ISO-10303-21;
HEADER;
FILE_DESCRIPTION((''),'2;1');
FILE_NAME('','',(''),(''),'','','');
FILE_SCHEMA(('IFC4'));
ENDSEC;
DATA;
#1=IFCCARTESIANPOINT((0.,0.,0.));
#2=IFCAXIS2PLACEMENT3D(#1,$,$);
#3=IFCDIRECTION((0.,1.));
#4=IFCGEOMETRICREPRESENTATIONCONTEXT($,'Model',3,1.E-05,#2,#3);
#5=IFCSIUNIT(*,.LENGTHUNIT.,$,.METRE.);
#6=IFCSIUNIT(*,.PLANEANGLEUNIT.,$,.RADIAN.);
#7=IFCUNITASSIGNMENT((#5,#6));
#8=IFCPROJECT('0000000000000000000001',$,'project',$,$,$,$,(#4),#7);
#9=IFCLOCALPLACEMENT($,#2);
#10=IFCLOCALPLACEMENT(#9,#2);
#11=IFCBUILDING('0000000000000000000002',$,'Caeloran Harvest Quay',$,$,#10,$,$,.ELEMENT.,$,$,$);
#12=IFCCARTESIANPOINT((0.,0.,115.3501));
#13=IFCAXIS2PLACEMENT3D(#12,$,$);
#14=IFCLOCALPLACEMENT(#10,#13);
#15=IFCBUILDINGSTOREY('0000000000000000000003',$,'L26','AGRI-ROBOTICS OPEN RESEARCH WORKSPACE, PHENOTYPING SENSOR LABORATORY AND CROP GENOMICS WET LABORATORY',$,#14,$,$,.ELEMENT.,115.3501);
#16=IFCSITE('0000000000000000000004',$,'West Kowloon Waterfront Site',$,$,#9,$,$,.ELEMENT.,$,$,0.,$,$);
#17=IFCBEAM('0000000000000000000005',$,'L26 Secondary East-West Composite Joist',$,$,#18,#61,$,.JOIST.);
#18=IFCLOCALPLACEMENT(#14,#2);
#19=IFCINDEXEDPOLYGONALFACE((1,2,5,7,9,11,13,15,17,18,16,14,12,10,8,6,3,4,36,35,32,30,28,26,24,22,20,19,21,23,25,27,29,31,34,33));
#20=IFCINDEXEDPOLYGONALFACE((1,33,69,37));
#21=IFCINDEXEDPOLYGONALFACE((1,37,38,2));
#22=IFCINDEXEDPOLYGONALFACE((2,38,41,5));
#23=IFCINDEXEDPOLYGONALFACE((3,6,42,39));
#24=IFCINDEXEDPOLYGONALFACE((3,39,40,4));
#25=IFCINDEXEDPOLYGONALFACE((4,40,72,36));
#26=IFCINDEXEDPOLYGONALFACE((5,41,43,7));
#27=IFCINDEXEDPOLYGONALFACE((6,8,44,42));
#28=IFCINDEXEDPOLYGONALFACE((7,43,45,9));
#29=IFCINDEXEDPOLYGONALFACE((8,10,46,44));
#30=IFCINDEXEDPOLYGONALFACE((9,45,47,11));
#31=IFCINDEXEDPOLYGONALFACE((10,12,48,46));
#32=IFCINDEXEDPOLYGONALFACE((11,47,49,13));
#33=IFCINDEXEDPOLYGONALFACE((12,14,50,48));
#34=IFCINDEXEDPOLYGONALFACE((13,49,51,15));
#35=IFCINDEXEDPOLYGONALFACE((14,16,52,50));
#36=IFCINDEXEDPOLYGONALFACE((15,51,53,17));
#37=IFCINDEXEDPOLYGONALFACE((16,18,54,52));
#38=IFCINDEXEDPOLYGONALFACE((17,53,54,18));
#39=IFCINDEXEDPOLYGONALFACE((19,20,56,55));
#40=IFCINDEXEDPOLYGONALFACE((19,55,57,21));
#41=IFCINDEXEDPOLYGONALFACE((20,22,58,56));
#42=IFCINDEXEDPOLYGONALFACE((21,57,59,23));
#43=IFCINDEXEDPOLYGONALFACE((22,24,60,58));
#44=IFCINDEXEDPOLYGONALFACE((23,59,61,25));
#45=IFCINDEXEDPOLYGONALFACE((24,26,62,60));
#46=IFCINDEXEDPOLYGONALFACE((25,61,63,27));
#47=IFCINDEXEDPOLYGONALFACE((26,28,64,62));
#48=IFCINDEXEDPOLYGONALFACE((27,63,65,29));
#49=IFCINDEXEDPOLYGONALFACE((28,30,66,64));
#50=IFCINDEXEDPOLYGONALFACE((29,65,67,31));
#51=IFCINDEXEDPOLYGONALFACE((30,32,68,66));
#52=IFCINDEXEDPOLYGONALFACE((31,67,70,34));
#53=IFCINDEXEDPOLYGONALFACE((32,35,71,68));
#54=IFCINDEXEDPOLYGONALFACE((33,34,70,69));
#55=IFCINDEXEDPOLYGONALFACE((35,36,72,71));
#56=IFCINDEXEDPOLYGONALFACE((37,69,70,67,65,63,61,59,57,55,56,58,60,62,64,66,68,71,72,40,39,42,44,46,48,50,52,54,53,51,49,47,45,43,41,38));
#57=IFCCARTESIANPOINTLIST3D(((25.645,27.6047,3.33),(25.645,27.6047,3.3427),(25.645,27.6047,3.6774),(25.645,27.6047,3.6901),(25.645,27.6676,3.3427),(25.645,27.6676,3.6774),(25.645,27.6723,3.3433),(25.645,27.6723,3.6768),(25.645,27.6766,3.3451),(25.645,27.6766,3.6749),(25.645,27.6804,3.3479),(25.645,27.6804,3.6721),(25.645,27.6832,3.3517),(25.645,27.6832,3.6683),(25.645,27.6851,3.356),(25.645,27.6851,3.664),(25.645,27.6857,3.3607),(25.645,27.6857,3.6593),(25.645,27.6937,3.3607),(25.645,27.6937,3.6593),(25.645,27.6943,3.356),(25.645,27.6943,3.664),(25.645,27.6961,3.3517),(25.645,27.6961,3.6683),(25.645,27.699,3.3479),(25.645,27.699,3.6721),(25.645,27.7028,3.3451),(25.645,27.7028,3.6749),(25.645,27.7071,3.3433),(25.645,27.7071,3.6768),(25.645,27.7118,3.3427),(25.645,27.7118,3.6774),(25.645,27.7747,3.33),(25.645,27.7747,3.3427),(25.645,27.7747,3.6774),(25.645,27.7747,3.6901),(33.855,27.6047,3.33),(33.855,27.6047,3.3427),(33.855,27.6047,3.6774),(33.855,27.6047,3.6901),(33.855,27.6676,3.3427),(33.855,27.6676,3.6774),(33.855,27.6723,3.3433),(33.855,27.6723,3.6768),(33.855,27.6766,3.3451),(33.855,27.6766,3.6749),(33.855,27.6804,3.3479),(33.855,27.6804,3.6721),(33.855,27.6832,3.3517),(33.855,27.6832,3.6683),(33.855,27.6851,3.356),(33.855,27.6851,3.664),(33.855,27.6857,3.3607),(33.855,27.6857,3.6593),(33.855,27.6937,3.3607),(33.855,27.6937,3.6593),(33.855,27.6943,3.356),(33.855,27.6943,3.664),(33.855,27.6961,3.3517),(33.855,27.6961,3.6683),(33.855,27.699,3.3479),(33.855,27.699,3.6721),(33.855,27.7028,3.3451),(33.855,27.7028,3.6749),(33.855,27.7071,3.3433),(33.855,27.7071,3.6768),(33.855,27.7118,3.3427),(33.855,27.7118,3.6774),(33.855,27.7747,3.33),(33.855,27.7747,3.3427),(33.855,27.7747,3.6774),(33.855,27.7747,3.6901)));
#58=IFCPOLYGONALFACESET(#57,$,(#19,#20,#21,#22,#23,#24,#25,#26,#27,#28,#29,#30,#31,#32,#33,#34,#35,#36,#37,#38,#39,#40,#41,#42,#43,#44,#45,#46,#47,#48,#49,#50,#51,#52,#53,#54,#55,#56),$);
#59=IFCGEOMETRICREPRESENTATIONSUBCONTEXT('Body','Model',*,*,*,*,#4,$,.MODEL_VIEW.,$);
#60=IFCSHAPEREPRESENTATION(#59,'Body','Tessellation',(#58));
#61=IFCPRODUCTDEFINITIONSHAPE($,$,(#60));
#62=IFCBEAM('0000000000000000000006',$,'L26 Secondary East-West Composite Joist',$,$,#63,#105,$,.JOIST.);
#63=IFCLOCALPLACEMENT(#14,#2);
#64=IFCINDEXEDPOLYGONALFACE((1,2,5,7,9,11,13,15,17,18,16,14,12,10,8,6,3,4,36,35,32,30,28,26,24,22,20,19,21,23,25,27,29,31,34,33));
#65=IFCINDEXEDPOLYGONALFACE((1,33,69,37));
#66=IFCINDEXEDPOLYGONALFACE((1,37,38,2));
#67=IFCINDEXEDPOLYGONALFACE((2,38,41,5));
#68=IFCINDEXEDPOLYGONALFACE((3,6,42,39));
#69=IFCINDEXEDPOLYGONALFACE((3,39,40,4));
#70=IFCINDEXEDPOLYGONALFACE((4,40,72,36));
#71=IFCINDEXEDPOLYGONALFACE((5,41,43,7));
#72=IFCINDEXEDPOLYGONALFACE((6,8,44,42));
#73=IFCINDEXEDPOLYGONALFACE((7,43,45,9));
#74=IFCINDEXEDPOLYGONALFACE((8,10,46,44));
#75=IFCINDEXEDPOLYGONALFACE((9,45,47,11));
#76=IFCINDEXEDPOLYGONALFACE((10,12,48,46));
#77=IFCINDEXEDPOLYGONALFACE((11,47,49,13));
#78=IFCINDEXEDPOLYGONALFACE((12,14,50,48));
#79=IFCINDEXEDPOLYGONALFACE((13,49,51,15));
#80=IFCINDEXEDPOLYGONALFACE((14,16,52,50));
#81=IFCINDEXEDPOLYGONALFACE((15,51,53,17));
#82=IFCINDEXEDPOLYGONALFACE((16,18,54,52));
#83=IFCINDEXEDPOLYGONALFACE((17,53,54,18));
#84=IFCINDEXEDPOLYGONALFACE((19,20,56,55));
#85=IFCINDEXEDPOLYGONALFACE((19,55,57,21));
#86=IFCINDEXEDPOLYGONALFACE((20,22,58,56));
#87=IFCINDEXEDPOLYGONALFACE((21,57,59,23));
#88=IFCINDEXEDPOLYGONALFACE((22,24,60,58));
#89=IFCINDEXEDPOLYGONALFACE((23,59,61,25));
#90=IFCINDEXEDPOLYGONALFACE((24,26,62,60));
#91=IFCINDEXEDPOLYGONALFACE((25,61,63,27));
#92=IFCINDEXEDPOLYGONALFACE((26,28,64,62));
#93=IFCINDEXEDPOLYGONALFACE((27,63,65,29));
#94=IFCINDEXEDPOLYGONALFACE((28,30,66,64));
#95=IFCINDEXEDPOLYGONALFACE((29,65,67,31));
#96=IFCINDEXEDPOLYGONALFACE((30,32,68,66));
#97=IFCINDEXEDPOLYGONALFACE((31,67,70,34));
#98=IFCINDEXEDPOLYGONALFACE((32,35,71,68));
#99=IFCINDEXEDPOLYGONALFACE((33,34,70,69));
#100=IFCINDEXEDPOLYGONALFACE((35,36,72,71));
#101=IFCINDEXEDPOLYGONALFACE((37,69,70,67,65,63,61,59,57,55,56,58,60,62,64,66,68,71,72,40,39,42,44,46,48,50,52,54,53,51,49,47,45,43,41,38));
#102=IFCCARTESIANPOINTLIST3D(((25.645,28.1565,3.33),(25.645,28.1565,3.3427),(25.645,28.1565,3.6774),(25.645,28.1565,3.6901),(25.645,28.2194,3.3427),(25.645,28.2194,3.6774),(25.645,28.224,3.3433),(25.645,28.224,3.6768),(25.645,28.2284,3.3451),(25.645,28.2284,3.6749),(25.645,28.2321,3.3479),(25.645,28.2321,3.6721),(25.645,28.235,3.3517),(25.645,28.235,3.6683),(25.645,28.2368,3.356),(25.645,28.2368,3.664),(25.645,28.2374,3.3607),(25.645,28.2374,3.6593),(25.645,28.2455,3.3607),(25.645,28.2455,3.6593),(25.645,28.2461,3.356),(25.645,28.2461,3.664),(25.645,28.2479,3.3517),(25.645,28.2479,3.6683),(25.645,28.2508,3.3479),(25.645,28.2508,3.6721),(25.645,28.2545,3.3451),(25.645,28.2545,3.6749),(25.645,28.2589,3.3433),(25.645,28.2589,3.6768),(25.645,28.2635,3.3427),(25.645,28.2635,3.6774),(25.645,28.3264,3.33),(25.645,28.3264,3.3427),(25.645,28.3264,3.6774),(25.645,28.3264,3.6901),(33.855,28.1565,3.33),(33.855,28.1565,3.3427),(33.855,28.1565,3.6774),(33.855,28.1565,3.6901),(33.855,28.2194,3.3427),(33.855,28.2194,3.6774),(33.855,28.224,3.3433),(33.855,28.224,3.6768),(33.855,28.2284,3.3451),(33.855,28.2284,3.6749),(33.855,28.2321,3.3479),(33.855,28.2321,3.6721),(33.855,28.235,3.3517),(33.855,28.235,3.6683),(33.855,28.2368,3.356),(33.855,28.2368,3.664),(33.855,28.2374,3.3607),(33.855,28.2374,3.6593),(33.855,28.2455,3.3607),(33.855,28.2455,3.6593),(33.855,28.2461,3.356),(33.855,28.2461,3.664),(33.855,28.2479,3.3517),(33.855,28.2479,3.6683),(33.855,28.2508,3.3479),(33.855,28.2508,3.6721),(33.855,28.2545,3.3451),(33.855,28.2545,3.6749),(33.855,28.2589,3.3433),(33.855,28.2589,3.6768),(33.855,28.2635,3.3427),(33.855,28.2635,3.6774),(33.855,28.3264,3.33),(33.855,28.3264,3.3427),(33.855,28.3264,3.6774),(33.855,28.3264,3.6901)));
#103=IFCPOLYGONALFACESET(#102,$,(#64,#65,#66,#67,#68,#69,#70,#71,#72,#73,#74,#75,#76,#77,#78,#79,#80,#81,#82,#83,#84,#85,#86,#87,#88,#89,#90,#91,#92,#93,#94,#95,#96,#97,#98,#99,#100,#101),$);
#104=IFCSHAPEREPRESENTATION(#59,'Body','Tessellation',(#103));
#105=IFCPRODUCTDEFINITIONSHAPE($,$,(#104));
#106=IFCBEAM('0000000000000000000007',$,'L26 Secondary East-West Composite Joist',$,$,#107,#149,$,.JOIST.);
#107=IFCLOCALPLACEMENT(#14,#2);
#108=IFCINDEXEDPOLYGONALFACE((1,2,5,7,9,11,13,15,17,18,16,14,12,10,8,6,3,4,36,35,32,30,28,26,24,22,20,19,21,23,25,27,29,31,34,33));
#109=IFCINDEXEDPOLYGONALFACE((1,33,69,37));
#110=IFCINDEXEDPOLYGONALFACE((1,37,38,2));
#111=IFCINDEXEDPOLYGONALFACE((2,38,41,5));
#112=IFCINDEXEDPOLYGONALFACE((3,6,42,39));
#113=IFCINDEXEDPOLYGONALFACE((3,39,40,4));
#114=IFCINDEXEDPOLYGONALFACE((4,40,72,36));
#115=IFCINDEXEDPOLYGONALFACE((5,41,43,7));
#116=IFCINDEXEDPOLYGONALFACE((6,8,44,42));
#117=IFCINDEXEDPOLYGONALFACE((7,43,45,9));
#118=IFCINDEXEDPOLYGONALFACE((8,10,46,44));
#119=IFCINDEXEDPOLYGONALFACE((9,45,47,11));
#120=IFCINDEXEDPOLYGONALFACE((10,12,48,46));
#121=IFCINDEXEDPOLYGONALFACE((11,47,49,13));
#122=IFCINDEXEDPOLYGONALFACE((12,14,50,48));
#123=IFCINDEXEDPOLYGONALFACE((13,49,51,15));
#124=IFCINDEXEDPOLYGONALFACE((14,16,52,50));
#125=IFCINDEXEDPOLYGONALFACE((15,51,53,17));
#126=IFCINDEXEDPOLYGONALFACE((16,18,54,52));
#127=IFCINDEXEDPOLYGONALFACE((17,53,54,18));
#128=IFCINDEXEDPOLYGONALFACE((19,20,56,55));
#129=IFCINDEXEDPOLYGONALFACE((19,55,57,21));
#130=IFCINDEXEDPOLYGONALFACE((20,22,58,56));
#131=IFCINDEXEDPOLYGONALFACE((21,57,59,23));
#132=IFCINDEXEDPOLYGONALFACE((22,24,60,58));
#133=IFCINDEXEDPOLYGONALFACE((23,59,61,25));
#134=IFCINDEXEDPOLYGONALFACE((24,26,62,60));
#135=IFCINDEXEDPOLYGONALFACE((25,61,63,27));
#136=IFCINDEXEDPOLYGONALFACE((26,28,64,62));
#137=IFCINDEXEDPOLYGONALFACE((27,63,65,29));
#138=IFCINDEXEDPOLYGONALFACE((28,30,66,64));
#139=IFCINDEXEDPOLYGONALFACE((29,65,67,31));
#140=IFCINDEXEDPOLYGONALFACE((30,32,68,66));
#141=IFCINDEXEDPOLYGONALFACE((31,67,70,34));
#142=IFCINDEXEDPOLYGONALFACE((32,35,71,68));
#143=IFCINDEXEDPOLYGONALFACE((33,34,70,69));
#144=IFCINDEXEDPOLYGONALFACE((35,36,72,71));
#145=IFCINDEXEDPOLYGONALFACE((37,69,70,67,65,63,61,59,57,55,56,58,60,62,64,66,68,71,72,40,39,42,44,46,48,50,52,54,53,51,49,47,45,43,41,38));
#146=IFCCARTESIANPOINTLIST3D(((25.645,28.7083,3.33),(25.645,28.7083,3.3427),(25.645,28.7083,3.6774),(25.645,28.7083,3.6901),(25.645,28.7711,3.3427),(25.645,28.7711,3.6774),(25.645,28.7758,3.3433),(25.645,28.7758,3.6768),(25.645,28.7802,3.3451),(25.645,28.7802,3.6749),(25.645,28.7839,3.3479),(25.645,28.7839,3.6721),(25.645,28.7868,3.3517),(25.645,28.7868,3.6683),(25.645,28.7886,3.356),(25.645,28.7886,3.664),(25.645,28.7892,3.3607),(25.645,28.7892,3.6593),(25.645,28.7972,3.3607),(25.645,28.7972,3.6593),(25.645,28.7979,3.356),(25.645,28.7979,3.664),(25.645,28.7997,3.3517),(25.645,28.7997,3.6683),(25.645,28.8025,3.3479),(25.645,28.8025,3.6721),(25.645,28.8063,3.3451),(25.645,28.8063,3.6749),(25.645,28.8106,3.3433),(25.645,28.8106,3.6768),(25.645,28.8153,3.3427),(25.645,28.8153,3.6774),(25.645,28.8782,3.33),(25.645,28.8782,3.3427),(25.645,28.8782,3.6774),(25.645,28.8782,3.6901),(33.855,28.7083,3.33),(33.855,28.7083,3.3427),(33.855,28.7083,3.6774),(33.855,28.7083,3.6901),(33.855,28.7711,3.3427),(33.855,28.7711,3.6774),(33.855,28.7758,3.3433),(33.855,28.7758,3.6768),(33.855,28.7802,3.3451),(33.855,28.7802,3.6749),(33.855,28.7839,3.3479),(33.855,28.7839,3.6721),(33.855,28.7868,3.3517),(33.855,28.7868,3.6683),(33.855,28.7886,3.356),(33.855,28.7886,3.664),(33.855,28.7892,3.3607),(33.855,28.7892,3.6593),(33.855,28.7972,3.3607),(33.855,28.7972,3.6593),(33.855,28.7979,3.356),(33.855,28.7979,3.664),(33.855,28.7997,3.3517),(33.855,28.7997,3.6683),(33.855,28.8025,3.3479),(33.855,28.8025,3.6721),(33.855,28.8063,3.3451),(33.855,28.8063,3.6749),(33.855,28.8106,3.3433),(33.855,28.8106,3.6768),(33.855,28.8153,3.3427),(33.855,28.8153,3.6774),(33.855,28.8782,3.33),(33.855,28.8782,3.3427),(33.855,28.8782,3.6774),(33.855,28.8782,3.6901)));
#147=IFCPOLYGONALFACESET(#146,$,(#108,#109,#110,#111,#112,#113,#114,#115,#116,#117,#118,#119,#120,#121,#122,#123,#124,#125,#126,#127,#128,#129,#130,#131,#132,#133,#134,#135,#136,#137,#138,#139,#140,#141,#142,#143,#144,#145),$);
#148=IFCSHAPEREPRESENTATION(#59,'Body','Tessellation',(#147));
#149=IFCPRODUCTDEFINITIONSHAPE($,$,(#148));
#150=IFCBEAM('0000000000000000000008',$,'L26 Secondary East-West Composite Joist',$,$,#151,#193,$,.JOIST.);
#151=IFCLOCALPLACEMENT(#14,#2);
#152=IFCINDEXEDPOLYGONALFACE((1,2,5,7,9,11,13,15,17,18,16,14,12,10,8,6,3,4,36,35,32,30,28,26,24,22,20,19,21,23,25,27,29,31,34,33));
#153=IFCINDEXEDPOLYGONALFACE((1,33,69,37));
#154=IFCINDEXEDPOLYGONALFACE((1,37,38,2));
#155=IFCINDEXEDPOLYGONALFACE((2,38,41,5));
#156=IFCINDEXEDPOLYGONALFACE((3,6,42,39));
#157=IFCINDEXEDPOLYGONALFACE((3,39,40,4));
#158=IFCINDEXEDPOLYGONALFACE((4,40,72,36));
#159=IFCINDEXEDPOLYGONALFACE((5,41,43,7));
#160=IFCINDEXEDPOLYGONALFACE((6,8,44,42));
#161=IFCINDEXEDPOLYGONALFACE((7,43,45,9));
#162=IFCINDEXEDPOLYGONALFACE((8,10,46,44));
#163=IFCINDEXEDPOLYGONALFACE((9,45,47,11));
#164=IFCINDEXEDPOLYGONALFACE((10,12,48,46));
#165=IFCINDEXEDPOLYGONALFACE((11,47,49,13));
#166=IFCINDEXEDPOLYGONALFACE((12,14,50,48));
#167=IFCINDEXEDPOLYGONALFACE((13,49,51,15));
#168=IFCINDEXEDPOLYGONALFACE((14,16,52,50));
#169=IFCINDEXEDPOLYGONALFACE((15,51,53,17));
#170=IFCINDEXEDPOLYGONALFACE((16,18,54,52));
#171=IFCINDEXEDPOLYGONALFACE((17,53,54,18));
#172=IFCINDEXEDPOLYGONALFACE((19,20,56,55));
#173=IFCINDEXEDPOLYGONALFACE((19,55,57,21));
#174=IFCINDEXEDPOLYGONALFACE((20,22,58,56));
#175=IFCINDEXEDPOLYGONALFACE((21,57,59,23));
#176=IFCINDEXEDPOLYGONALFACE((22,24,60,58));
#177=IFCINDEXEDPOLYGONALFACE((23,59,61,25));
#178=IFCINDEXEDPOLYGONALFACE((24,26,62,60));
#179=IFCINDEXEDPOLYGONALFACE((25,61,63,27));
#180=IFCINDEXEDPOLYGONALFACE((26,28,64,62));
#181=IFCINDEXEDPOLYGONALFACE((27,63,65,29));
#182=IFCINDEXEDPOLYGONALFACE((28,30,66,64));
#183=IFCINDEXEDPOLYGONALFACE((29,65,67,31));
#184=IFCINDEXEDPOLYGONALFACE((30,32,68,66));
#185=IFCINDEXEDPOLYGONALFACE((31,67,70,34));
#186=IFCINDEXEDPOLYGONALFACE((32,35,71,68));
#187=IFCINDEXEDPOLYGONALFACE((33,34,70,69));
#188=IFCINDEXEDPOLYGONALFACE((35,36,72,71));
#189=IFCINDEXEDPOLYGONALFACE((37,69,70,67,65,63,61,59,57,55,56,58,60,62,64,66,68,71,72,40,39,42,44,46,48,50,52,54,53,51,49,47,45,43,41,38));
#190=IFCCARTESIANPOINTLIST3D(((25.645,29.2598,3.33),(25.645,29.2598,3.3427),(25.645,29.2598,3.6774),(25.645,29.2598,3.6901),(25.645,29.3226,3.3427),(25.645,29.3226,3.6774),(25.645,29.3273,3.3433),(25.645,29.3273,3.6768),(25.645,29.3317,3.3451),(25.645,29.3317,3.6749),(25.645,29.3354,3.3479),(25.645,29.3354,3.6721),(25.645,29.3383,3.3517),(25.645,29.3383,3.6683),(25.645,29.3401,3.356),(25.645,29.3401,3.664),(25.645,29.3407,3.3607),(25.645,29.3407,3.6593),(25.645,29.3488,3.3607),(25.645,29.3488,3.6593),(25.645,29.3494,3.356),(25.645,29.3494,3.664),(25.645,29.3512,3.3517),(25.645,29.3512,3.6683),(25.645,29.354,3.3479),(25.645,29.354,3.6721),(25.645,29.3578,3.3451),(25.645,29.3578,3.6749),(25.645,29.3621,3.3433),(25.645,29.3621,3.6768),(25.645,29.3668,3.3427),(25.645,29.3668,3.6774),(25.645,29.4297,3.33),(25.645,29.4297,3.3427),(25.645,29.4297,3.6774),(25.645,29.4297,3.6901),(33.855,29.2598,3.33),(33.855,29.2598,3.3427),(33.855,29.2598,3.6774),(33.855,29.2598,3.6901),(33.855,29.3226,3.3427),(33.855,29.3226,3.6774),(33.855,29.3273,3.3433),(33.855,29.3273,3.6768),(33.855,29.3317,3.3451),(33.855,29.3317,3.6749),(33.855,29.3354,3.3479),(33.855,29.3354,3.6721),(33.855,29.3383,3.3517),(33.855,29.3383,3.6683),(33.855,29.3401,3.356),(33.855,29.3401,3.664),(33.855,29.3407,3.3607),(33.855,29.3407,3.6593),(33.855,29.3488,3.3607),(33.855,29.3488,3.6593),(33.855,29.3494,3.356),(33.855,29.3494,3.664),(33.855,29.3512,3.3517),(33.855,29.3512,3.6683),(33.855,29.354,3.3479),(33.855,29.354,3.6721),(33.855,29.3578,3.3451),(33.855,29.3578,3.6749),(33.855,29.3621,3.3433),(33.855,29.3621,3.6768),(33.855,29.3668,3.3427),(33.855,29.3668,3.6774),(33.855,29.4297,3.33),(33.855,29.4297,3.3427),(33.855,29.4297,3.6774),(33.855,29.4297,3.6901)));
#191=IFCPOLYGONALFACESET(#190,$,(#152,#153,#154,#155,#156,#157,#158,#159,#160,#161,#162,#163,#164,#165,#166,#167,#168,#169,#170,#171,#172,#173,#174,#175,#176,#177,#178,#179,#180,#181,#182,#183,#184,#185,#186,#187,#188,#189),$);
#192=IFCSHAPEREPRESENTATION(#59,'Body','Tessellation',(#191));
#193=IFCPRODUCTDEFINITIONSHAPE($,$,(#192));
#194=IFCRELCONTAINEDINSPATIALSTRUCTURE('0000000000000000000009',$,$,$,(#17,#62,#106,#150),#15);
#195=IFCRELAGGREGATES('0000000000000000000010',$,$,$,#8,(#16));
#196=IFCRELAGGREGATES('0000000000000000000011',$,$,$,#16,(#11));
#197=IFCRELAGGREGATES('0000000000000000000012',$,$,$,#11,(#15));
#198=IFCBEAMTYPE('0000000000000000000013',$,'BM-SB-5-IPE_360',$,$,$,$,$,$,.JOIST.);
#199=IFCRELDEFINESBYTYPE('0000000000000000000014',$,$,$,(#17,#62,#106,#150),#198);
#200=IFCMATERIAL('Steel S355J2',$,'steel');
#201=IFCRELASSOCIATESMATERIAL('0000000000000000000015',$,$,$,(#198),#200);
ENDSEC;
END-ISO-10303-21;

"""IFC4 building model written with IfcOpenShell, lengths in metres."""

from ifc_helpers import new_model, si_unit, direction, frame, origin, origin_2d, place, context, subcontext, project, spatial, i_section, extrude, material, material_profile, profile_set, type_object, element, save


model = new_model("IFC4")

# Units and contexts
model_context = context("Model", 3, precision=1e-05, world=origin(), true_north=direction((0.0, 1.0)))
body_context = subcontext(model_context, "Body", "Model", "MODEL_VIEW")
ifc_project = project(units=[si_unit("LENGTHUNIT", "METRE"), si_unit("PLANEANGLEUNIT", "RADIAN")], contexts=[model_context])

# Site, building, storey
site_placement = place(None, origin())
site = spatial("IfcSite", under=ifc_project, at=site_placement, Name="West Kowloon Waterfront Site", CompositionType="ELEMENT", RefElevation=0.0)
building_placement = place(site_placement, origin())
building = spatial("IfcBuilding", under=site, at=building_placement, Name="Caeloran Harvest Quay", CompositionType="ELEMENT")
storey_placement = place(building_placement, frame((0.0, 0.0, 115.3501)))
storey = spatial("IfcBuildingStorey", under=building, at=storey_placement, Name="L26", Description="AGRI-ROBOTICS OPEN RESEARCH WORKSPACE, PHENOTYPING SENSOR LABORATORY AND CROP GENOMICS WET LABORATORY", CompositionType="ELEMENT", Elevation=115.3501)

# Beams
ifc_material_1 = material(Name="Steel S355J2", Category="steel")
ifc_material_profile_1 = material_profile(ifc_material_1, i_section(OverallWidth=0.1699, OverallDepth=0.3601, WebThickness=0.0081, FlangeThickness=0.0127, FilletRadius=0.0181, at=origin_2d()), Name="IPE 360")
ifc_profile_set_1 = profile_set([ifc_material_profile_1], Name="Steel S355J2")
beam_type_1 = type_object("IfcBeamType", Name="BM-SB-5-IPE_360", PredefinedType="JOIST", material=ifc_profile_set_1)
for number, where, z_axis, x_axis, name in (
    (1, (25.645, 27.6897, 3.51), (1.0, 0.0, 0.0), (0.0, 1.0, 0.0), "L26 Secondary East-West Composite Joist"),
    (2, (25.645, 28.2415, 3.51), (1.0, 0.0, 0.0), (0.0, 1.0, 0.0), "L26 Secondary East-West Composite Joist"),
    (3, (25.645, 28.7932, 3.51), (1.0, 0.0, 0.0), (0.0, 1.0, 0.0), "L26 Secondary East-West Composite Joist"),
    (4, (25.645, 29.3447, 3.51), (1.0, 0.0, 0.0), (0.0, 1.0, 0.0), "L26 Secondary East-West Composite Joist"),
):
    element("IfcBeam", number, at=place(storey_placement, frame(where, z_axis=z_axis, x_axis=x_axis)), inside=storey, type_object=beam_type_1, Name=name, PredefinedType="JOIST", context=body_context, shape_type="SweptSolid", body=[
        extrude(i_section(OverallWidth=0.1699, OverallDepth=0.3601, WebThickness=0.0081, FlangeThickness=0.0127, FilletRadius=0.0181, at=origin_2d()), origin(), (0.0, 0.0, 1.0), 8.21),
    ])

save(model, "model.ifc")
